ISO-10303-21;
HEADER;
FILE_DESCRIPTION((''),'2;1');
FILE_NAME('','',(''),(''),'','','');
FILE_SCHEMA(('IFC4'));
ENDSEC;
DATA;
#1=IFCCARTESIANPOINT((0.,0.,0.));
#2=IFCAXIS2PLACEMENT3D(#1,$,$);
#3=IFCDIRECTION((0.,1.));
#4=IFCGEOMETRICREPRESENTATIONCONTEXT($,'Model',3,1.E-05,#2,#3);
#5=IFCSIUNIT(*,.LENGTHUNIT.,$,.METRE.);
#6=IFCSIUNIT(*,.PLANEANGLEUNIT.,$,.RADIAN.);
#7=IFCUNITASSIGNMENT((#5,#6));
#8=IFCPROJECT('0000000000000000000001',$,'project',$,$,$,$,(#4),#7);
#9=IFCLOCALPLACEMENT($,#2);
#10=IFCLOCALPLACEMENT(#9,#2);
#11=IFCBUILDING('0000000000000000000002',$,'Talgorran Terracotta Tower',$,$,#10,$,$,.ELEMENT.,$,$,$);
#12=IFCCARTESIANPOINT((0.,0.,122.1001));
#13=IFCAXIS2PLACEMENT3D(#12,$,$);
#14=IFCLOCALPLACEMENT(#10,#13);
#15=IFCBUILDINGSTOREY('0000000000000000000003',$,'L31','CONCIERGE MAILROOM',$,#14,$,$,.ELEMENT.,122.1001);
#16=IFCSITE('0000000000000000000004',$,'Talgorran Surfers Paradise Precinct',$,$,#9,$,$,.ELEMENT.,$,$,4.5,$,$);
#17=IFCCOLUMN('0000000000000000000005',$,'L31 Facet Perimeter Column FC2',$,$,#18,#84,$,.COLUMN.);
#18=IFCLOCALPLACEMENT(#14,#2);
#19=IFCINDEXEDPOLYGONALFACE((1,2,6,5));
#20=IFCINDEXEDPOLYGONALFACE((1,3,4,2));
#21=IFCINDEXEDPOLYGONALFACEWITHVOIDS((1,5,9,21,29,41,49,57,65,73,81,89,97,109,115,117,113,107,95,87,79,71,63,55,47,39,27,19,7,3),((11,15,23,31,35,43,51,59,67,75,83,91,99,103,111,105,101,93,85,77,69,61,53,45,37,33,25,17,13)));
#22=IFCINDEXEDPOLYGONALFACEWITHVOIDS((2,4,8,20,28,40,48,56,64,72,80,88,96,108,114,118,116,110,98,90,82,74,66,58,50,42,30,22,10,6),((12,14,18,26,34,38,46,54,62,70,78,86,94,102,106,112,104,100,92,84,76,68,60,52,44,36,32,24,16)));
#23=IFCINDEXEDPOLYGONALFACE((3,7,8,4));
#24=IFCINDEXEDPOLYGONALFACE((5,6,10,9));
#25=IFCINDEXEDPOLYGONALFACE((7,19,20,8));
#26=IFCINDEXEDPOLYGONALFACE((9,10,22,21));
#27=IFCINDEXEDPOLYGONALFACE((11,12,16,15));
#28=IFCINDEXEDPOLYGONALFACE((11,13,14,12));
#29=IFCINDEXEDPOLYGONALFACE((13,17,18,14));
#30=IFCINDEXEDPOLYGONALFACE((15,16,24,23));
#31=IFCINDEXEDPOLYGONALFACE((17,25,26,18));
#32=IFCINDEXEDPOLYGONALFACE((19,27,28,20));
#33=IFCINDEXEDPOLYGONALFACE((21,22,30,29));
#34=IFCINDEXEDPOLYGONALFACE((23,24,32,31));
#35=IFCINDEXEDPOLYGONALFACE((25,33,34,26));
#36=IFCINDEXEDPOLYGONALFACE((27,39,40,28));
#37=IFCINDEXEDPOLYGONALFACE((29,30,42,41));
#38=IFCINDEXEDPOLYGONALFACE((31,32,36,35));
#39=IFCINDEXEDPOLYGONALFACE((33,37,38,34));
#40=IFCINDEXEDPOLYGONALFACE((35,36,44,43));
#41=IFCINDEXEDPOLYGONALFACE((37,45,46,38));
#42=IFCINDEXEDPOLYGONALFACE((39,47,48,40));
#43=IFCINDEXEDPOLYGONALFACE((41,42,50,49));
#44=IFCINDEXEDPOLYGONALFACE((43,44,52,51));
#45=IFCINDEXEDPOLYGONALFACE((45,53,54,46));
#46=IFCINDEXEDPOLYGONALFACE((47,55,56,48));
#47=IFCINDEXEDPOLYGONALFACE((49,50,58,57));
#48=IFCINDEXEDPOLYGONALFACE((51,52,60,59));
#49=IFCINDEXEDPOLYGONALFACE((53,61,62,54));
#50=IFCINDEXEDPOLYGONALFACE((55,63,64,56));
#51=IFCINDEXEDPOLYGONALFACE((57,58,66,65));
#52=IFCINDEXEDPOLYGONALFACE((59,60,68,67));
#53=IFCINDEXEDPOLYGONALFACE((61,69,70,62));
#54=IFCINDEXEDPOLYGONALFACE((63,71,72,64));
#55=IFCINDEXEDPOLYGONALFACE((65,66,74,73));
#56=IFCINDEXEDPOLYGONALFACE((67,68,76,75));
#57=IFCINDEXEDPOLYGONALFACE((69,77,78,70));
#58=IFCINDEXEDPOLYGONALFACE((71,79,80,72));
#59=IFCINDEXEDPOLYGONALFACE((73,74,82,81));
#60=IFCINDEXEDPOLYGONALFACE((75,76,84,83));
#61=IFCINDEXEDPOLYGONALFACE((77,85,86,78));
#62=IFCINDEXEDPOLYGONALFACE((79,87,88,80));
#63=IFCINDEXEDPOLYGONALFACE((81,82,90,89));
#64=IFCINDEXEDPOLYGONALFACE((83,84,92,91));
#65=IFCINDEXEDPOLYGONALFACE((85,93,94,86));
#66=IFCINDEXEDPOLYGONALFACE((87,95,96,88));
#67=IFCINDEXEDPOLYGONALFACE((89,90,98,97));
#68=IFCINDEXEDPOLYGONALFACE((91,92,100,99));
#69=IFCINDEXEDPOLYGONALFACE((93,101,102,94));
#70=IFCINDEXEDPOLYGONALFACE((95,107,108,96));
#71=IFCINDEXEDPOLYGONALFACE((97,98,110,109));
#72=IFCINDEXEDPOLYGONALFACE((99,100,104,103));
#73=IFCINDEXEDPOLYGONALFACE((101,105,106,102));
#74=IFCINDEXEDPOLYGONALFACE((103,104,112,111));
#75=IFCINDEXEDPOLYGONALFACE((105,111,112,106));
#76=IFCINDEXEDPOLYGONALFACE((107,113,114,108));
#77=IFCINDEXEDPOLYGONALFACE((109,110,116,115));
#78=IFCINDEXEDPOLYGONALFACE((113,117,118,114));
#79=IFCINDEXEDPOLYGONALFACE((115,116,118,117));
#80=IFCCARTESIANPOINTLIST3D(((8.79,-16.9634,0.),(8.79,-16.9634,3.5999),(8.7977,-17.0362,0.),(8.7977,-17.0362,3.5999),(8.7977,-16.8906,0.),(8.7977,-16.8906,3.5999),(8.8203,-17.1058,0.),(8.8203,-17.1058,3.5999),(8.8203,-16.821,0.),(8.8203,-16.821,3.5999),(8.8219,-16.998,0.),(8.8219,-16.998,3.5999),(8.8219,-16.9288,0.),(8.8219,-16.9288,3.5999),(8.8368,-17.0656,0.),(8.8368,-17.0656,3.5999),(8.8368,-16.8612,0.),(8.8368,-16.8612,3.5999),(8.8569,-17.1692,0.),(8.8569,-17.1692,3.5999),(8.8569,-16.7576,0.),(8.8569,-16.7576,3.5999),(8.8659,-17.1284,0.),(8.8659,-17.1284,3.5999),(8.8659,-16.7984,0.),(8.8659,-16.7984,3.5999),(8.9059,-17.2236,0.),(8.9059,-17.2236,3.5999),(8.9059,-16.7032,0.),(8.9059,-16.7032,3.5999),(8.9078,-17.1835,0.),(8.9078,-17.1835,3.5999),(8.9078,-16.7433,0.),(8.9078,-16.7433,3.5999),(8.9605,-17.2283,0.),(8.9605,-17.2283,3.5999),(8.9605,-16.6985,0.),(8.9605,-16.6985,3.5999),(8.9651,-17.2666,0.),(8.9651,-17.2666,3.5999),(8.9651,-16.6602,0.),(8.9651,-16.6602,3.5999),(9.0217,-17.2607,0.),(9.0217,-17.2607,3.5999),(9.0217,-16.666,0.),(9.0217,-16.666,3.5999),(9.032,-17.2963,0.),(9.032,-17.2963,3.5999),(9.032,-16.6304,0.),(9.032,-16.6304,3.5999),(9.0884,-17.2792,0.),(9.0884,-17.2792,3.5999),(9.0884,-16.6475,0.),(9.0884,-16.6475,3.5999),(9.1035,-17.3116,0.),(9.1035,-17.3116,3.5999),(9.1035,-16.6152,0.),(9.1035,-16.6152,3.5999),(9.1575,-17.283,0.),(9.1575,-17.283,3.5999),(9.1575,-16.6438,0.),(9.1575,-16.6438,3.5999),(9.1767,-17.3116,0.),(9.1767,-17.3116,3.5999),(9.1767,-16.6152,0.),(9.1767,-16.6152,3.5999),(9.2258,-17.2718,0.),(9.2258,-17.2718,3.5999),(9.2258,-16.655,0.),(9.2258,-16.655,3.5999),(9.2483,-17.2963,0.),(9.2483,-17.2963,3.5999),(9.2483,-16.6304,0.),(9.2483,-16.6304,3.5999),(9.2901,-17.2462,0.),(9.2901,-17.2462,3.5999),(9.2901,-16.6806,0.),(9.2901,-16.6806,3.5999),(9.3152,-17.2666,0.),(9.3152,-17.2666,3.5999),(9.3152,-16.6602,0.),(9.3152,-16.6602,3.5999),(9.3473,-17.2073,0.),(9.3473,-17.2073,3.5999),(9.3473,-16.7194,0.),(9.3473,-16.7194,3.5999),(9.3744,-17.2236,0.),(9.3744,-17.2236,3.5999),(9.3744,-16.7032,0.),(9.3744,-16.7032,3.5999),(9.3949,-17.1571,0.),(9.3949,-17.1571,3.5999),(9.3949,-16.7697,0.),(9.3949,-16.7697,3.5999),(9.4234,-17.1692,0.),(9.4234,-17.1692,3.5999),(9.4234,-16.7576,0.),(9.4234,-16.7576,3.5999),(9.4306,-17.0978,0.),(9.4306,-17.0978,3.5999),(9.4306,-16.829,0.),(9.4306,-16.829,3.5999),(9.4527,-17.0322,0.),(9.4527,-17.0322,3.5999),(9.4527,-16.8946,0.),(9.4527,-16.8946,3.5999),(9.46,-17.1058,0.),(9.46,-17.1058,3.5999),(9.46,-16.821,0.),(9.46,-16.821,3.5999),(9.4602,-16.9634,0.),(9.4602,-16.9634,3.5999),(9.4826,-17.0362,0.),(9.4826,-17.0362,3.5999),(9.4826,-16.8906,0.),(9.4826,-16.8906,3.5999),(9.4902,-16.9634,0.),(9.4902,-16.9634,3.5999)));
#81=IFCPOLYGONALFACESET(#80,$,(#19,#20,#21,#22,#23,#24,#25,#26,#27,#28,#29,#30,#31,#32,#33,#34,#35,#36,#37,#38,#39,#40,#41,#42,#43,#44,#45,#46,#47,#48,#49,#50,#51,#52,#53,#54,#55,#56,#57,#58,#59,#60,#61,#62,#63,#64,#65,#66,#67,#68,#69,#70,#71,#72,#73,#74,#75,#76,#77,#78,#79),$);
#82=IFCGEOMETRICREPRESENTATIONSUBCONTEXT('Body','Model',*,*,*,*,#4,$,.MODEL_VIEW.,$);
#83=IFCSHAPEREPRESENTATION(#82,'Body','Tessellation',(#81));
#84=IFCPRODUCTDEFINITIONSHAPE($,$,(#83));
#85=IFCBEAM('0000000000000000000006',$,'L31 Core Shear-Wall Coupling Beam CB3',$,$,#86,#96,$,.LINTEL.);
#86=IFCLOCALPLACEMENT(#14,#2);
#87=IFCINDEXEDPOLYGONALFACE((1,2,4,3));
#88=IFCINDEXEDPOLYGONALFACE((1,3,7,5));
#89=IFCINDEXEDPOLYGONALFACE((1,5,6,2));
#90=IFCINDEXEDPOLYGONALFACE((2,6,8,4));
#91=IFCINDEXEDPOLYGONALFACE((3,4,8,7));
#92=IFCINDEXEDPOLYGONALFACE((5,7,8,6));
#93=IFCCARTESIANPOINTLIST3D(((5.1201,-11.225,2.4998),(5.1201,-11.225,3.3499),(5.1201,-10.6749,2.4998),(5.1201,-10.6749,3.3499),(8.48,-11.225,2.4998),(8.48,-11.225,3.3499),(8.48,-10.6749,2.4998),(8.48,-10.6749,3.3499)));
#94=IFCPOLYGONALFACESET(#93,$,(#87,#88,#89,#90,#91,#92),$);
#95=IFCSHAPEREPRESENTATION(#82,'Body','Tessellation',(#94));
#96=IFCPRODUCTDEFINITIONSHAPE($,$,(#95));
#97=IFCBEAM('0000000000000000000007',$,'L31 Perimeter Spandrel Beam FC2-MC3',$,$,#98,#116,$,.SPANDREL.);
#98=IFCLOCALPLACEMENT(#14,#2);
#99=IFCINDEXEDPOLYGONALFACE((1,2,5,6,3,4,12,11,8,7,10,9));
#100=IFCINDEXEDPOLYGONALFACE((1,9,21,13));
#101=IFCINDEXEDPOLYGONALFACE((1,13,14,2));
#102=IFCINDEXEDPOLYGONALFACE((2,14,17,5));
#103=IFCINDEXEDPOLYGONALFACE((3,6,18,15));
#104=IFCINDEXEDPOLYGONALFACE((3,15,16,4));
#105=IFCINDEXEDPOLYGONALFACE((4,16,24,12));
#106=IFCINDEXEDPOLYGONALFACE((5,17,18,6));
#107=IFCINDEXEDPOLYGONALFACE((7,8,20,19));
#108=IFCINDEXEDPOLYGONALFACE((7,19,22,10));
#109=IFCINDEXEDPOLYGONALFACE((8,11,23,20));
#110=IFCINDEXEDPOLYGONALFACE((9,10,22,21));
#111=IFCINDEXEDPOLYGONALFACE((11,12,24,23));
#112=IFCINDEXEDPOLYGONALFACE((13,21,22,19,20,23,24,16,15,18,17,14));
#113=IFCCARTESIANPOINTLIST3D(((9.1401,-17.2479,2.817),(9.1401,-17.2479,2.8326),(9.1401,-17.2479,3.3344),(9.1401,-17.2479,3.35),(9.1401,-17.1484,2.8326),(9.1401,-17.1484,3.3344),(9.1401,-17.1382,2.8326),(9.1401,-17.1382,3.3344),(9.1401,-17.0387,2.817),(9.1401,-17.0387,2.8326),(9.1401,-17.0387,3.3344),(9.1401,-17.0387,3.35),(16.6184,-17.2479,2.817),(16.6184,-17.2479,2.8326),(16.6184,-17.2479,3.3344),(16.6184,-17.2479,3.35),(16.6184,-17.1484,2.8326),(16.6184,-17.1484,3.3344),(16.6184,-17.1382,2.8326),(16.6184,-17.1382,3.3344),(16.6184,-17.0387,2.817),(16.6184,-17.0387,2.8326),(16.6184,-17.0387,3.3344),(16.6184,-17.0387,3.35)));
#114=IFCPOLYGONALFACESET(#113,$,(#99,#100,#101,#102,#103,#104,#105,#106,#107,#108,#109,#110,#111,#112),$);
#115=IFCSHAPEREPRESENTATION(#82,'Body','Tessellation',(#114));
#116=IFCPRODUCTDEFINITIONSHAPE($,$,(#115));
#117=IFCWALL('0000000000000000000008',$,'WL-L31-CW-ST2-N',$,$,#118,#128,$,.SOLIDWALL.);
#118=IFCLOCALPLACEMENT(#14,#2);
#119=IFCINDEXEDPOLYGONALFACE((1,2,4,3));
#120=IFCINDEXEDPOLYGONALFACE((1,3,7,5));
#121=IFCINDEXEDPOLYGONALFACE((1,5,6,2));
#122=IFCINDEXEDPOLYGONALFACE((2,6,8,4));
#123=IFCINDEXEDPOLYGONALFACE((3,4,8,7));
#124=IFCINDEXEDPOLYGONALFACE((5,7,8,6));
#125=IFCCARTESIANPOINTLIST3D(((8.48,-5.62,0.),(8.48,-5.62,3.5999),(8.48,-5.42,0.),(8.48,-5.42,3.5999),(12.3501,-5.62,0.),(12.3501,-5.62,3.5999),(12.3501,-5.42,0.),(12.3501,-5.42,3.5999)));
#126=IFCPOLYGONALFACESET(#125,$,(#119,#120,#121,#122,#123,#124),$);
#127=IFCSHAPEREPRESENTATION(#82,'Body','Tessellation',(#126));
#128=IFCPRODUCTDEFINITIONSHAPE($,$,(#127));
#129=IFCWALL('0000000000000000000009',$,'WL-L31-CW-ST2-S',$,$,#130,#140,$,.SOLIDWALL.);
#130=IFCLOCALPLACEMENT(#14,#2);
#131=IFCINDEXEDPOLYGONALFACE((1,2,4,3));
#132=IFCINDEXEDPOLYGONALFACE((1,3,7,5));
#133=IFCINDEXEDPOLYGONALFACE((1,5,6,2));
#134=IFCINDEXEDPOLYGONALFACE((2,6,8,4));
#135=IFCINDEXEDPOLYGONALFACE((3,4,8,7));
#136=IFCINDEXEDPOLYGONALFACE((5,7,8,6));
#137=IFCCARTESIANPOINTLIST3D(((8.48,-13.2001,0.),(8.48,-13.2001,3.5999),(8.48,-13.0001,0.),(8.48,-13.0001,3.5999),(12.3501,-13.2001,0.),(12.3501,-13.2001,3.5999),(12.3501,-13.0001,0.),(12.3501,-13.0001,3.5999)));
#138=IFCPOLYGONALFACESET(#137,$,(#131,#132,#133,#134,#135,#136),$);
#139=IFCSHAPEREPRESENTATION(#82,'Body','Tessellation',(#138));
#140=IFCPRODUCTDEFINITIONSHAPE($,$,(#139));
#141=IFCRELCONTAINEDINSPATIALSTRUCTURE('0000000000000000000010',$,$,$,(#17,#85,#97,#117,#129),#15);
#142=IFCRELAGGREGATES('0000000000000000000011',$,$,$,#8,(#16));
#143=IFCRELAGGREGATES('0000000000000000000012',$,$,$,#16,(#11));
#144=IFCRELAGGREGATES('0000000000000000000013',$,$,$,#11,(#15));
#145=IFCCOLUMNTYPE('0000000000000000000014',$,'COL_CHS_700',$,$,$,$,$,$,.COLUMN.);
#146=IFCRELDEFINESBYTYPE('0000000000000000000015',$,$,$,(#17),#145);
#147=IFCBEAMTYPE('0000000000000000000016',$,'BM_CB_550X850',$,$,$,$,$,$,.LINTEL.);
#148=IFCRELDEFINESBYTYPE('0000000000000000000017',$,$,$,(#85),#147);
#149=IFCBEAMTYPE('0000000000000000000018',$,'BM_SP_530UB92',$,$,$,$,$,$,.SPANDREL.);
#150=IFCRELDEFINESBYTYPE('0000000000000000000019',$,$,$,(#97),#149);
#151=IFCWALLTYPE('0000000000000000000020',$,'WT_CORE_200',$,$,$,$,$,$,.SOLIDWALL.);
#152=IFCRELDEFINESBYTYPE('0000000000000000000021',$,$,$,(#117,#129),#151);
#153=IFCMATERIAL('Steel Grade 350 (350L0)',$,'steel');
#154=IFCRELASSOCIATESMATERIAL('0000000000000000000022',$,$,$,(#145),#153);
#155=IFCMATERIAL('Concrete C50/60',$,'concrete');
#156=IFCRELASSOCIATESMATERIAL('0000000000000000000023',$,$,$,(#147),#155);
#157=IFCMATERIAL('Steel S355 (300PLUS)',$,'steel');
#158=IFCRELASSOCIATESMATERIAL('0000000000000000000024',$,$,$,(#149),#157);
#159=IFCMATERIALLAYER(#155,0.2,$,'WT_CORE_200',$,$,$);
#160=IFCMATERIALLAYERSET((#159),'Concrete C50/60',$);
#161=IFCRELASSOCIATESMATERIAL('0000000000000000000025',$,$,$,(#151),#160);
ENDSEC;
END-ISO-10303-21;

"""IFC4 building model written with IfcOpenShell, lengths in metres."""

from ifc_helpers import new_model, si_unit, direction, frame, frame_2d, origin, origin_2d, place, context, subcontext, project, spatial, rectangle, hollow_circle, i_section, extrude, material, layer, layer_set, material_profile, profile_set, type_object, element, save


model = new_model("IFC4")

# Units and contexts
model_context = context("Model", 3, precision=1e-05, world=origin(), true_north=direction((0.0, 1.0)))
body_context = subcontext(model_context, "Body", "Model", "MODEL_VIEW")
ifc_project = project(units=[si_unit("LENGTHUNIT", "METRE"), si_unit("PLANEANGLEUNIT", "RADIAN")], contexts=[model_context])

# Site, building, storey
site_placement = place(None, origin())
site = spatial("IfcSite", under=ifc_project, at=site_placement, Name="Talgorran Surfers Paradise Precinct", CompositionType="ELEMENT", RefElevation=4.5)
building_placement = place(site_placement, origin())
building = spatial("IfcBuilding", under=site, at=building_placement, Name="Talgorran Terracotta Tower", CompositionType="ELEMENT")
storey_placement = place(building_placement, frame((0.0, 0.0, 122.1001)))
storey = spatial("IfcBuildingStorey", under=building, at=storey_placement, Name="L31", Description="CONCIERGE MAILROOM", CompositionType="ELEMENT", Elevation=122.1001)

# Column
ifc_material_1 = material(Name="Steel Grade 350 (350L0)", Category="steel")
ifc_material_profile_1 = material_profile(ifc_material_1, hollow_circle(Radius=0.3501, WallThickness=0.03, at=origin_2d()), Name="CHS700X30")
ifc_profile_set_1 = profile_set([ifc_material_profile_1], Name="Steel Grade 350 (350L0)")
column_type = type_object("IfcColumnType", Name="COL_CHS_700", PredefinedType="COLUMN", material=ifc_profile_set_1)
column_placement = place(storey_placement, frame((9.1401, -16.9634, 0.0), z_axis=(0.0, 0.0, 1.0), x_axis=(1.0, 0.0, 0.0)))
element("IfcColumn", 1, at=column_placement, inside=storey, type_object=column_type, Name="L31 Facet Perimeter Column FC2", PredefinedType="COLUMN", context=body_context, shape_type="SweptSolid", body=[
    extrude(hollow_circle(Radius=0.3501, WallThickness=0.03, at=origin_2d()), origin(), (0.0, 0.0, 1.0), 3.5999),
])

# Beams
ifc_material_2 = material(Name="Concrete C50/60", Category="concrete")
ifc_material_profile_2 = material_profile(ifc_material_2, rectangle(XDim=0.55, YDim=0.8501, at=origin_2d()), Name="RCCB550X850")
ifc_profile_set_2 = profile_set([ifc_material_profile_2], Name="Concrete C50/60")
beam_type_1 = type_object("IfcBeamType", Name="BM_CB_550X850", PredefinedType="LINTEL", material=ifc_profile_set_2)
beam_1_placement = place(storey_placement, frame((5.1201, -10.95, 2.9248), z_axis=(1.0, 0.0, 0.0), x_axis=(0.0, 1.0, 0.0)))
element("IfcBeam", 2, at=beam_1_placement, inside=storey, type_object=beam_type_1, Name="L31 Core Shear-Wall Coupling Beam CB3", PredefinedType="LINTEL", context=body_context, shape_type="SweptSolid", body=[
    extrude(rectangle(XDim=0.55, YDim=0.8501, at=origin_2d()), origin(), (0.0, 0.0, 1.0), 3.3599),
])
ifc_material_3 = material(Name="Steel S355 (300PLUS)", Category="steel")
ifc_material_profile_3 = material_profile(ifc_material_3, i_section(OverallWidth=0.2092, OverallDepth=0.533, WebThickness=0.0103, FlangeThickness=0.0156, at=origin_2d()), Name="530UB92.4")
ifc_profile_set_3 = profile_set([ifc_material_profile_3], Name="Steel S355 (300PLUS)")
beam_type_2 = type_object("IfcBeamType", Name="BM_SP_530UB92", PredefinedType="SPANDREL", material=ifc_profile_set_3)
beam_2_placement = place(storey_placement, frame((9.1401, -17.1433, 3.0835), z_axis=(1.0, 0.0, 0.0), x_axis=(0.0, 1.0, 0.0)))
element("IfcBeam", 3, at=beam_2_placement, inside=storey, type_object=beam_type_2, Name="L31 Perimeter Spandrel Beam FC2-MC3", PredefinedType="SPANDREL", context=body_context, shape_type="SweptSolid", body=[
    extrude(i_section(OverallWidth=0.2092, OverallDepth=0.533, WebThickness=0.0103, FlangeThickness=0.0156, at=origin_2d()), origin(), (0.0, 0.0, 1.0), 7.4783),
])

# Walls
ifc_layer_1 = layer(ifc_material_2, 0.2, Name="WT_CORE_200")
ifc_layer_set_1 = layer_set([ifc_layer_1], Name="Concrete C50/60")
wall_type_1 = type_object("IfcWallType", Name="WT_CORE_200", PredefinedType="SOLIDWALL", material=ifc_layer_set_1)
for number, where, z_axis, x_axis, name in (
    (4, (8.48, -5.52, 0.0), (0.0, 0.0, 1.0), (1.0, 0.0, 0.0), "WL-L31-CW-ST2-N"),
    (5, (8.48, -13.1001, 0.0), (0.0, 0.0, 1.0), (1.0, 0.0, 0.0), "WL-L31-CW-ST2-S"),
):
    element("IfcWall", number, at=place(storey_placement, frame(where, z_axis=z_axis, x_axis=x_axis)), inside=storey, type_object=wall_type_1, Name=name, PredefinedType="SOLIDWALL", context=body_context, shape_type="SweptSolid", body=[
        extrude(rectangle(XDim=3.8701, YDim=0.2, at=frame_2d((1.9351, 0.0))), origin(), (0.0, 0.0, 1.0), 3.5999),
    ])

save(model, "model.ifc")
